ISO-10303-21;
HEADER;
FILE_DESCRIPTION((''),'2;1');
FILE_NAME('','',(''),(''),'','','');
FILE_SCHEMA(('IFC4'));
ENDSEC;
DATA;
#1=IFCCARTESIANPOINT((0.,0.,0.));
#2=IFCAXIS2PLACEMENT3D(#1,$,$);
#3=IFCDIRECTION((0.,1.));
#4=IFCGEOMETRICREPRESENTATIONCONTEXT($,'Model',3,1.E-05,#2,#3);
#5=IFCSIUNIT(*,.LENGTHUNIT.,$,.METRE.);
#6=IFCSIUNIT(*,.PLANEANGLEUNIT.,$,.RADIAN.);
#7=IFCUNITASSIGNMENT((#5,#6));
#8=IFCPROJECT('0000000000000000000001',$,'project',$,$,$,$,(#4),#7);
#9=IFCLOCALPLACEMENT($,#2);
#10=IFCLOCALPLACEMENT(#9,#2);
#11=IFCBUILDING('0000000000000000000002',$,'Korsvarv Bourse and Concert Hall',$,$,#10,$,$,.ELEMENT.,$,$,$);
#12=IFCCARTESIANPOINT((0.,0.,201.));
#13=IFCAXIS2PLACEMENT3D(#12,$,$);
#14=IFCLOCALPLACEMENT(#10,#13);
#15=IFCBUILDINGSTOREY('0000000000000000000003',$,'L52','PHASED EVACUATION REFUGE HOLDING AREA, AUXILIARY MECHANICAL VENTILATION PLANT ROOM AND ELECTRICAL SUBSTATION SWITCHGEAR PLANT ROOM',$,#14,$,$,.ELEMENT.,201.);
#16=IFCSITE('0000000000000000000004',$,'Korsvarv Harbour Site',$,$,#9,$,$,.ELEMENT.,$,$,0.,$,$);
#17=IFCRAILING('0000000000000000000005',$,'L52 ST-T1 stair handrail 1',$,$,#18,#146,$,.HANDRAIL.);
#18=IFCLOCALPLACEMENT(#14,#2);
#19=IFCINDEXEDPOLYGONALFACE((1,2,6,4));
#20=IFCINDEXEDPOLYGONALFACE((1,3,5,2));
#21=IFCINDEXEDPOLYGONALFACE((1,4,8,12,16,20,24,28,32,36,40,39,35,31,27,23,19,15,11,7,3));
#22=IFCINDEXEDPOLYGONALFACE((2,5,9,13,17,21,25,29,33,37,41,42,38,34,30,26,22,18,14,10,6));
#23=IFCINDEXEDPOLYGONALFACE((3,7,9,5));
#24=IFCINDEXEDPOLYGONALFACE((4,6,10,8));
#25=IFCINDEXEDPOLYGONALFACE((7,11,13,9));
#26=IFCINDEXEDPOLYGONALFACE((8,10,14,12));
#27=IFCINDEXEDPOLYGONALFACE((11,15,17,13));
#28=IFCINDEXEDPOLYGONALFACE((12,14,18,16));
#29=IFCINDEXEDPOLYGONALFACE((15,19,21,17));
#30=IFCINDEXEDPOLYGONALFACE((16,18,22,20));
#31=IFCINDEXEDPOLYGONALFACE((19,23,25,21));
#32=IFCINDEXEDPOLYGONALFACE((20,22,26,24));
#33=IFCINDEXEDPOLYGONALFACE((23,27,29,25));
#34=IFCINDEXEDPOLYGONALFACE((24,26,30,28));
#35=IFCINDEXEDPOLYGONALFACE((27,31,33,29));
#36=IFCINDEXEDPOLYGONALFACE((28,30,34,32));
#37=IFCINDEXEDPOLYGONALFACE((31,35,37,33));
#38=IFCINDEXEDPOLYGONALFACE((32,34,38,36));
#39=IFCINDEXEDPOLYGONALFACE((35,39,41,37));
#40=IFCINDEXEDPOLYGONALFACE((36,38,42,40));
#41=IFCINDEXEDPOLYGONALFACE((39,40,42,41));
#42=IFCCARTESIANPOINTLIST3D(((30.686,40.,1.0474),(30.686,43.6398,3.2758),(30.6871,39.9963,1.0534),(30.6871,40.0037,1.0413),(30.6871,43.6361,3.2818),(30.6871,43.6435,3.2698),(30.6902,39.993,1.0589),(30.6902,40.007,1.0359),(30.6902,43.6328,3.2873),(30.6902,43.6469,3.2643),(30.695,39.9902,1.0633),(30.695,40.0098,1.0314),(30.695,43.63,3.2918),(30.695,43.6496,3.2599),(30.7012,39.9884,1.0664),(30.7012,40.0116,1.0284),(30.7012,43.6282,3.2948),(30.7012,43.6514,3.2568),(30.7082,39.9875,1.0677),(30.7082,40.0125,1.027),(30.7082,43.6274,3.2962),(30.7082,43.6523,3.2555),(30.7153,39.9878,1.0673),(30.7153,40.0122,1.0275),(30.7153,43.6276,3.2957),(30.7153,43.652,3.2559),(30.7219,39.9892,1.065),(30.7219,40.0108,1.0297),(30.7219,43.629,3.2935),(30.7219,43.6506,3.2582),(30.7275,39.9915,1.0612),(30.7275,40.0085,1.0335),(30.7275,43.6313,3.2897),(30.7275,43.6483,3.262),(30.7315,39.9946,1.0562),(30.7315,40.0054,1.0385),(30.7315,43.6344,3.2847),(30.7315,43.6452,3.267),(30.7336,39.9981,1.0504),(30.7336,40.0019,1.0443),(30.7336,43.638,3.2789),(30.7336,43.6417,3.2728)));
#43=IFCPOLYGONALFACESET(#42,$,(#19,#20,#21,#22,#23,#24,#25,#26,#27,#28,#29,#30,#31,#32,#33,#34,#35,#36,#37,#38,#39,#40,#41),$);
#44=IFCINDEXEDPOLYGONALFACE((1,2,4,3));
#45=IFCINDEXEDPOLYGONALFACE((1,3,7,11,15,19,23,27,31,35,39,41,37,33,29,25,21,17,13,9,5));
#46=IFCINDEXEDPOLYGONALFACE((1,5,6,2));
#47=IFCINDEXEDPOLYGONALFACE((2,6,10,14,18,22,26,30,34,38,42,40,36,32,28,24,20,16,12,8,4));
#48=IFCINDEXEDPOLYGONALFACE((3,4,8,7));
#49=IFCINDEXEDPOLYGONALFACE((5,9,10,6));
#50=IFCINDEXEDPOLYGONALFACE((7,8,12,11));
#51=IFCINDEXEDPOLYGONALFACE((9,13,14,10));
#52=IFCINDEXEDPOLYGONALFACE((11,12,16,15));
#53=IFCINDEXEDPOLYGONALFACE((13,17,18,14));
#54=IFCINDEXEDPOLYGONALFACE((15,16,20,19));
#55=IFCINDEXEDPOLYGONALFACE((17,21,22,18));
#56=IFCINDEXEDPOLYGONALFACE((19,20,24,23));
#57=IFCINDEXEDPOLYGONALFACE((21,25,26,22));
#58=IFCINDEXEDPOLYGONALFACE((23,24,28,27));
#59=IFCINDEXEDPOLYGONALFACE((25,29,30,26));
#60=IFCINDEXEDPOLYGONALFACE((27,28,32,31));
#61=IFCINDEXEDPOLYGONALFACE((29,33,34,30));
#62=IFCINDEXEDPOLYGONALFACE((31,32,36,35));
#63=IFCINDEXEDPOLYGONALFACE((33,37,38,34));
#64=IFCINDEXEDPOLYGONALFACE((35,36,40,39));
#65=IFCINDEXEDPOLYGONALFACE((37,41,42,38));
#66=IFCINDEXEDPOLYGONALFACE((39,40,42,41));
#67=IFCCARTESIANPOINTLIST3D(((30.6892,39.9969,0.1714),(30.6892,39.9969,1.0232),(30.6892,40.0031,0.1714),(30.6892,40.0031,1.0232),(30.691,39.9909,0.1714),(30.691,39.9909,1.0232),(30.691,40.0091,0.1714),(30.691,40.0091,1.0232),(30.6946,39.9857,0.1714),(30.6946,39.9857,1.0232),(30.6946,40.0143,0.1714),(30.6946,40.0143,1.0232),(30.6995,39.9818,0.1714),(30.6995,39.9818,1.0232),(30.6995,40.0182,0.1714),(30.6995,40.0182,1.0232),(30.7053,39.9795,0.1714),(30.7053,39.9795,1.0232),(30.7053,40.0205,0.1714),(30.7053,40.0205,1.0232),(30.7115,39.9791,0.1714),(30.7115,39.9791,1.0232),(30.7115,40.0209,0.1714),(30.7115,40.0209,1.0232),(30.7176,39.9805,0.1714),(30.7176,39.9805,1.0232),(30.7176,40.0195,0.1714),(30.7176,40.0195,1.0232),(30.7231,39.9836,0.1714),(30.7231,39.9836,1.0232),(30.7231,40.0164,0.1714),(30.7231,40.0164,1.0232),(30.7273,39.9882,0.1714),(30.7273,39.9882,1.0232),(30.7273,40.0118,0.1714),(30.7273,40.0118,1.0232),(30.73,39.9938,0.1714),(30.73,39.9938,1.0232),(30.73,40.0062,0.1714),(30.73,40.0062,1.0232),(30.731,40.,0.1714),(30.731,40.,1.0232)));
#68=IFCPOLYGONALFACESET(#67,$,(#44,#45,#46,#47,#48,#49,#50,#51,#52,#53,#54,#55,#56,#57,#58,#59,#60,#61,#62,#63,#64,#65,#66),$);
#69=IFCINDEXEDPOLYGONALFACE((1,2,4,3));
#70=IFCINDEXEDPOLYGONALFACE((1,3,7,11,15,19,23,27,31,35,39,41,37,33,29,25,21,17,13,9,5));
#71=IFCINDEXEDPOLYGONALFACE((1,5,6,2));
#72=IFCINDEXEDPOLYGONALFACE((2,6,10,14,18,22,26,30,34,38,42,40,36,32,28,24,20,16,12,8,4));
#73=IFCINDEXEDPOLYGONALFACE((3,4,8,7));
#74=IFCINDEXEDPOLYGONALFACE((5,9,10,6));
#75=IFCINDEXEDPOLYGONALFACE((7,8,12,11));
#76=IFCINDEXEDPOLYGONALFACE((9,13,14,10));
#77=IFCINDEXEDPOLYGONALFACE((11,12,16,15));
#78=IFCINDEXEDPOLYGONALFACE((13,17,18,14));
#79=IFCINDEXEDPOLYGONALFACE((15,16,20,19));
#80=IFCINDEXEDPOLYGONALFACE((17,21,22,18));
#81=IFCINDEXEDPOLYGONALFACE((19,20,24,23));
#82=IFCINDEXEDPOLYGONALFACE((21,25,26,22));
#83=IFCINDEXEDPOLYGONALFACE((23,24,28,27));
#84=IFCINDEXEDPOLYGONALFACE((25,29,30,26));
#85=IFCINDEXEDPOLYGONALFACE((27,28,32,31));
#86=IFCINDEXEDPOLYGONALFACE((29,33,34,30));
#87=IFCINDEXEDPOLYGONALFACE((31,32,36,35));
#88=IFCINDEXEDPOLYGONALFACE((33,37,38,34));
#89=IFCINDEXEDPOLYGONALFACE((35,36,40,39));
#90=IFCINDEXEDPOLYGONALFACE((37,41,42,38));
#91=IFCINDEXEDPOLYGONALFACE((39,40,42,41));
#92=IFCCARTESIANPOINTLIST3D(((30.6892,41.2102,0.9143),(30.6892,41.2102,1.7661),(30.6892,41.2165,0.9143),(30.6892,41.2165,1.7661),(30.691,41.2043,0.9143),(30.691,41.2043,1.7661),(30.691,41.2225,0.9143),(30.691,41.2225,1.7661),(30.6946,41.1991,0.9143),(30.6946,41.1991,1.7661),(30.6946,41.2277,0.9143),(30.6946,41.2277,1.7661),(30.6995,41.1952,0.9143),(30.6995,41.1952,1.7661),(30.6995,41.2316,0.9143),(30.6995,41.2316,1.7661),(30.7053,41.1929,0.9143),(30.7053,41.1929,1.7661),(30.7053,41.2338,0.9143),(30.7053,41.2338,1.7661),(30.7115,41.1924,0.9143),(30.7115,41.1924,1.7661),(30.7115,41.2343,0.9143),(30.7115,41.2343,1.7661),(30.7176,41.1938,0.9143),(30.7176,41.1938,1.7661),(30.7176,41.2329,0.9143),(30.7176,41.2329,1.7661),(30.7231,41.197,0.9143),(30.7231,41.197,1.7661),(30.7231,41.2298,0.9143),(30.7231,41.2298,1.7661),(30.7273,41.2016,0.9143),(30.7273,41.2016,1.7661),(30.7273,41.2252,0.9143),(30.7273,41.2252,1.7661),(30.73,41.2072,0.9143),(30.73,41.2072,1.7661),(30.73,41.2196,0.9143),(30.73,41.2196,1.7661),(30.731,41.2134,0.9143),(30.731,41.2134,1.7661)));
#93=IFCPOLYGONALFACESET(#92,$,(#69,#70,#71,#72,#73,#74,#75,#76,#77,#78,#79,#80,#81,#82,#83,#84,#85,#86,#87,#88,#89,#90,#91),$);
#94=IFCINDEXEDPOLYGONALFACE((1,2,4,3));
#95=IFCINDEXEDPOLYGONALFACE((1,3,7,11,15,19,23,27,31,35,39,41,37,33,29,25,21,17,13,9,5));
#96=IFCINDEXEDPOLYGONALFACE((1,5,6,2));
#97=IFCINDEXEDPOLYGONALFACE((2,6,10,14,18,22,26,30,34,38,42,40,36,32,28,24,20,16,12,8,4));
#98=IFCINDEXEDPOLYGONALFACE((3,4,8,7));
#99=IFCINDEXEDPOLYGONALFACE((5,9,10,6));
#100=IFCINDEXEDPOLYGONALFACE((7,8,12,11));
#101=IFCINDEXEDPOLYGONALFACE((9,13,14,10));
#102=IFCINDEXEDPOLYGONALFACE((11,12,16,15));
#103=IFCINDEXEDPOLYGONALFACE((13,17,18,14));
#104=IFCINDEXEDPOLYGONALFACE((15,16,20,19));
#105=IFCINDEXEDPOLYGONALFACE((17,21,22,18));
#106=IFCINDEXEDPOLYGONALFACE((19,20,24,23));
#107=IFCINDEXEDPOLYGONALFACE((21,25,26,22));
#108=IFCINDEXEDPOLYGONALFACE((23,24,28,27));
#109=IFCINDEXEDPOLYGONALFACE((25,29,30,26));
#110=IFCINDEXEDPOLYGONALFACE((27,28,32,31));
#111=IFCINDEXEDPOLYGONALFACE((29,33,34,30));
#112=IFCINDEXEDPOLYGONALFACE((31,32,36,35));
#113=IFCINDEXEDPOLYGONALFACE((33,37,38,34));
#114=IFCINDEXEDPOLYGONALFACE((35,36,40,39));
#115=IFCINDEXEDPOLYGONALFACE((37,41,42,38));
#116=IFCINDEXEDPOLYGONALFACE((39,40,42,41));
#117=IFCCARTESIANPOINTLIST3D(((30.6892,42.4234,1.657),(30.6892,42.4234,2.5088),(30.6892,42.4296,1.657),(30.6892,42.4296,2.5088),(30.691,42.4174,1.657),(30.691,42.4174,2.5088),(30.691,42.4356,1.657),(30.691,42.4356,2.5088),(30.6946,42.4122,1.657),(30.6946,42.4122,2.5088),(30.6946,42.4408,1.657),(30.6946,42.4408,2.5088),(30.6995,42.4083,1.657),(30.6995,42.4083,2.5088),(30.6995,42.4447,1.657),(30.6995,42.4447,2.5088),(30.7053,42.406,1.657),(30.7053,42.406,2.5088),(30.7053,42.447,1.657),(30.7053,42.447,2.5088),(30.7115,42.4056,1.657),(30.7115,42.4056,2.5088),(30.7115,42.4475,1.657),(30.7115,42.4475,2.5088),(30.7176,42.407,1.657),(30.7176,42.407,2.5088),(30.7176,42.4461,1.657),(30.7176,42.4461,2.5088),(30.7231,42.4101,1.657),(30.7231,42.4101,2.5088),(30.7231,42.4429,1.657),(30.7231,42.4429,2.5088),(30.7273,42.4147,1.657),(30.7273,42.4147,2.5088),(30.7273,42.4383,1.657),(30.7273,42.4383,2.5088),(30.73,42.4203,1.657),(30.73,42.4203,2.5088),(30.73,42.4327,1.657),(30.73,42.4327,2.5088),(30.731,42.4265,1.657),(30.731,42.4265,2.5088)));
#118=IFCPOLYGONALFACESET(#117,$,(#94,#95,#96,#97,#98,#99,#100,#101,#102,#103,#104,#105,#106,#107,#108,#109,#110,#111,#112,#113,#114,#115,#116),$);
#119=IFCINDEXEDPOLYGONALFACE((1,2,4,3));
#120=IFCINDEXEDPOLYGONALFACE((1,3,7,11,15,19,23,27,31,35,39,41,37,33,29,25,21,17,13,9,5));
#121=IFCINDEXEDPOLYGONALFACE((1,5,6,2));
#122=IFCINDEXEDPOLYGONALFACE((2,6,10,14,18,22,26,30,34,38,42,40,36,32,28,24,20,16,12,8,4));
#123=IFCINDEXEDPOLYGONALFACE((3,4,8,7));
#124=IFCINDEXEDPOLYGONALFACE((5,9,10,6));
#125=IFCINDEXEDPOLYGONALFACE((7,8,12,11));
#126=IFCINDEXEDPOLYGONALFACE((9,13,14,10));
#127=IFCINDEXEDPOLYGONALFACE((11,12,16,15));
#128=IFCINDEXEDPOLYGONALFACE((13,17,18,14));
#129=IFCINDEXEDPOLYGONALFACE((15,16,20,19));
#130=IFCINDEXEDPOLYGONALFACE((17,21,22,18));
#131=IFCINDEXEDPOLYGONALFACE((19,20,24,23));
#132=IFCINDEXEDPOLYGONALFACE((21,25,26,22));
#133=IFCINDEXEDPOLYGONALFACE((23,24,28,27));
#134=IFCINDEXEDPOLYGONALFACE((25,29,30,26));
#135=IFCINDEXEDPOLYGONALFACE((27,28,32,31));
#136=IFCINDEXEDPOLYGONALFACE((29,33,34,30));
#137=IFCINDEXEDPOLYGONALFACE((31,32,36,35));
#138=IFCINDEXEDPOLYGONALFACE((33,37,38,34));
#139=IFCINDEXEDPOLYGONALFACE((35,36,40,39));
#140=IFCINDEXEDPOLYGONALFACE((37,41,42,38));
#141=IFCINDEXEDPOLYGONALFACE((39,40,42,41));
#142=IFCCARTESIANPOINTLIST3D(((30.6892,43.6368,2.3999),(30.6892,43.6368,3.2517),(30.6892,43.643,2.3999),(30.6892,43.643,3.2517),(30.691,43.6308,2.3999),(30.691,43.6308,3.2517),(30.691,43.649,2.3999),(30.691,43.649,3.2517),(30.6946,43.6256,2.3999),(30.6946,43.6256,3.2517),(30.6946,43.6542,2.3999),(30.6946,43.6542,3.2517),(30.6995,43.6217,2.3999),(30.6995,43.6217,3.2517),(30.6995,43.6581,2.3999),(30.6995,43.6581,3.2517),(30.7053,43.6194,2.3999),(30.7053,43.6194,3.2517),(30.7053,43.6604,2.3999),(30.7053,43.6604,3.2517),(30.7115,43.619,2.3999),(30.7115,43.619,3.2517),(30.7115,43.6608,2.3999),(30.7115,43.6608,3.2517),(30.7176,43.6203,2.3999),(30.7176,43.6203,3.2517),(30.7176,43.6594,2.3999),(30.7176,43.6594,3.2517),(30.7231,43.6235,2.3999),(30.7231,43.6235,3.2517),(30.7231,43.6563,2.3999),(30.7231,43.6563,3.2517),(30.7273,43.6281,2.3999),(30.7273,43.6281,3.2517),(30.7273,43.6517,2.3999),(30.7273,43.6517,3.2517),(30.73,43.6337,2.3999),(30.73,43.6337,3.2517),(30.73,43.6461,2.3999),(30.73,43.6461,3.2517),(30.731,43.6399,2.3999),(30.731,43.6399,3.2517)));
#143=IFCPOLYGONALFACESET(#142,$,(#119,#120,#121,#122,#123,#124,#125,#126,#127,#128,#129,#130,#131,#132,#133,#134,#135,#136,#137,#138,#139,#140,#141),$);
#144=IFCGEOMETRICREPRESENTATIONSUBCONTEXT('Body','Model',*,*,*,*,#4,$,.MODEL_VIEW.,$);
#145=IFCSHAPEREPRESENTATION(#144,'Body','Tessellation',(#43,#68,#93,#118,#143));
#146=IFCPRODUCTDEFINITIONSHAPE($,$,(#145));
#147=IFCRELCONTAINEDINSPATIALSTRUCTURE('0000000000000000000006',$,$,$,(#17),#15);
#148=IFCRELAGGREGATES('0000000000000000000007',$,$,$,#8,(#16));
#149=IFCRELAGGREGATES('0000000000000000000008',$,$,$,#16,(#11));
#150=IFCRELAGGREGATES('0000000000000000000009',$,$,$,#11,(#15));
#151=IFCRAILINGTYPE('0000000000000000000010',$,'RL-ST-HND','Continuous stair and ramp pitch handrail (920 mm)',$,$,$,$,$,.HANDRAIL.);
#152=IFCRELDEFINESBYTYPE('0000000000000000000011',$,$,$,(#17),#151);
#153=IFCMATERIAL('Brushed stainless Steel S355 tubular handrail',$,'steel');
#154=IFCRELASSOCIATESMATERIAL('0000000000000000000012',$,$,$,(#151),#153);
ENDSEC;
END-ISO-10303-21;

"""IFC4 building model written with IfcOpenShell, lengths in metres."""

from ifc_helpers import new_model, si_unit, direction, frame, origin, origin_2d, place, context, subcontext, project, spatial, circle, extrude, material, type_object, element, save


model = new_model("IFC4")

# Units and contexts
model_context = context("Model", 3, precision=1e-05, world=origin(), true_north=direction((0.0, 1.0)))
body_context = subcontext(model_context, "Body", "Model", "MODEL_VIEW")
ifc_project = project(units=[si_unit("LENGTHUNIT", "METRE"), si_unit("PLANEANGLEUNIT", "RADIAN")], contexts=[model_context])

# Site, building, storey
site_placement = place(None, origin())
site = spatial("IfcSite", under=ifc_project, at=site_placement, Name="Korsvarv Harbour Site", CompositionType="ELEMENT", RefElevation=0.0)
building_placement = place(site_placement, origin())
building = spatial("IfcBuilding", under=site, at=building_placement, Name="Korsvarv Bourse and Concert Hall", CompositionType="ELEMENT")
storey_placement = place(building_placement, frame((0.0, 0.0, 201.0)))
storey = spatial("IfcBuildingStorey", under=building, at=storey_placement, Name="L52", Description="PHASED EVACUATION REFUGE HOLDING AREA, AUXILIARY MECHANICAL VENTILATION PLANT ROOM AND ELECTRICAL SUBSTATION SWITCHGEAR PLANT ROOM", CompositionType="ELEMENT", Elevation=201.0)

# Railing
ifc_material_1 = material(Name="Brushed stainless Steel S355 tubular handrail", Category="steel")
railing_type_1 = type_object("IfcRailingType", Name="RL-ST-HND", Description="Continuous stair and ramp pitch handrail (920 mm)", PredefinedType="HANDRAIL", material=ifc_material_1)
railing_1_placement = place(storey_placement, frame((30.71, 40.0, 0.1714)))
element("IfcRailing", 1, at=railing_1_placement, inside=storey, type_object=railing_type_1, Name="L52 ST-T1 stair handrail 1", PredefinedType="HANDRAIL", context=body_context, shape_type="SweptSolid", body=[
    extrude(circle(Radius=0.0239, at=origin_2d()), frame((0.0, 0.0, 0.876), z_axis=(0.0, 0.85285, 0.522156), x_axis=(-1.0, 0.0, 0.0)), (0.0, 0.0, 1.0), 4.2678),
    extrude(circle(Radius=0.021, at=origin_2d()), origin(), (0.0, 0.0, 1.0), 0.8518),
    extrude(circle(Radius=0.021, at=origin_2d()), frame((0.0, 1.2134, 0.7429)), (0.0, 0.0, 1.0), 0.8518),
    extrude(circle(Radius=0.021, at=origin_2d()), frame((0.0, 2.4265, 1.4856)), (0.0, 0.0, 1.0), 0.8518),
    extrude(circle(Radius=0.021, at=origin_2d()), frame((0.0, 3.6399, 2.2285)), (0.0, 0.0, 1.0), 0.8518),
])

save(model, "model.ifc")
